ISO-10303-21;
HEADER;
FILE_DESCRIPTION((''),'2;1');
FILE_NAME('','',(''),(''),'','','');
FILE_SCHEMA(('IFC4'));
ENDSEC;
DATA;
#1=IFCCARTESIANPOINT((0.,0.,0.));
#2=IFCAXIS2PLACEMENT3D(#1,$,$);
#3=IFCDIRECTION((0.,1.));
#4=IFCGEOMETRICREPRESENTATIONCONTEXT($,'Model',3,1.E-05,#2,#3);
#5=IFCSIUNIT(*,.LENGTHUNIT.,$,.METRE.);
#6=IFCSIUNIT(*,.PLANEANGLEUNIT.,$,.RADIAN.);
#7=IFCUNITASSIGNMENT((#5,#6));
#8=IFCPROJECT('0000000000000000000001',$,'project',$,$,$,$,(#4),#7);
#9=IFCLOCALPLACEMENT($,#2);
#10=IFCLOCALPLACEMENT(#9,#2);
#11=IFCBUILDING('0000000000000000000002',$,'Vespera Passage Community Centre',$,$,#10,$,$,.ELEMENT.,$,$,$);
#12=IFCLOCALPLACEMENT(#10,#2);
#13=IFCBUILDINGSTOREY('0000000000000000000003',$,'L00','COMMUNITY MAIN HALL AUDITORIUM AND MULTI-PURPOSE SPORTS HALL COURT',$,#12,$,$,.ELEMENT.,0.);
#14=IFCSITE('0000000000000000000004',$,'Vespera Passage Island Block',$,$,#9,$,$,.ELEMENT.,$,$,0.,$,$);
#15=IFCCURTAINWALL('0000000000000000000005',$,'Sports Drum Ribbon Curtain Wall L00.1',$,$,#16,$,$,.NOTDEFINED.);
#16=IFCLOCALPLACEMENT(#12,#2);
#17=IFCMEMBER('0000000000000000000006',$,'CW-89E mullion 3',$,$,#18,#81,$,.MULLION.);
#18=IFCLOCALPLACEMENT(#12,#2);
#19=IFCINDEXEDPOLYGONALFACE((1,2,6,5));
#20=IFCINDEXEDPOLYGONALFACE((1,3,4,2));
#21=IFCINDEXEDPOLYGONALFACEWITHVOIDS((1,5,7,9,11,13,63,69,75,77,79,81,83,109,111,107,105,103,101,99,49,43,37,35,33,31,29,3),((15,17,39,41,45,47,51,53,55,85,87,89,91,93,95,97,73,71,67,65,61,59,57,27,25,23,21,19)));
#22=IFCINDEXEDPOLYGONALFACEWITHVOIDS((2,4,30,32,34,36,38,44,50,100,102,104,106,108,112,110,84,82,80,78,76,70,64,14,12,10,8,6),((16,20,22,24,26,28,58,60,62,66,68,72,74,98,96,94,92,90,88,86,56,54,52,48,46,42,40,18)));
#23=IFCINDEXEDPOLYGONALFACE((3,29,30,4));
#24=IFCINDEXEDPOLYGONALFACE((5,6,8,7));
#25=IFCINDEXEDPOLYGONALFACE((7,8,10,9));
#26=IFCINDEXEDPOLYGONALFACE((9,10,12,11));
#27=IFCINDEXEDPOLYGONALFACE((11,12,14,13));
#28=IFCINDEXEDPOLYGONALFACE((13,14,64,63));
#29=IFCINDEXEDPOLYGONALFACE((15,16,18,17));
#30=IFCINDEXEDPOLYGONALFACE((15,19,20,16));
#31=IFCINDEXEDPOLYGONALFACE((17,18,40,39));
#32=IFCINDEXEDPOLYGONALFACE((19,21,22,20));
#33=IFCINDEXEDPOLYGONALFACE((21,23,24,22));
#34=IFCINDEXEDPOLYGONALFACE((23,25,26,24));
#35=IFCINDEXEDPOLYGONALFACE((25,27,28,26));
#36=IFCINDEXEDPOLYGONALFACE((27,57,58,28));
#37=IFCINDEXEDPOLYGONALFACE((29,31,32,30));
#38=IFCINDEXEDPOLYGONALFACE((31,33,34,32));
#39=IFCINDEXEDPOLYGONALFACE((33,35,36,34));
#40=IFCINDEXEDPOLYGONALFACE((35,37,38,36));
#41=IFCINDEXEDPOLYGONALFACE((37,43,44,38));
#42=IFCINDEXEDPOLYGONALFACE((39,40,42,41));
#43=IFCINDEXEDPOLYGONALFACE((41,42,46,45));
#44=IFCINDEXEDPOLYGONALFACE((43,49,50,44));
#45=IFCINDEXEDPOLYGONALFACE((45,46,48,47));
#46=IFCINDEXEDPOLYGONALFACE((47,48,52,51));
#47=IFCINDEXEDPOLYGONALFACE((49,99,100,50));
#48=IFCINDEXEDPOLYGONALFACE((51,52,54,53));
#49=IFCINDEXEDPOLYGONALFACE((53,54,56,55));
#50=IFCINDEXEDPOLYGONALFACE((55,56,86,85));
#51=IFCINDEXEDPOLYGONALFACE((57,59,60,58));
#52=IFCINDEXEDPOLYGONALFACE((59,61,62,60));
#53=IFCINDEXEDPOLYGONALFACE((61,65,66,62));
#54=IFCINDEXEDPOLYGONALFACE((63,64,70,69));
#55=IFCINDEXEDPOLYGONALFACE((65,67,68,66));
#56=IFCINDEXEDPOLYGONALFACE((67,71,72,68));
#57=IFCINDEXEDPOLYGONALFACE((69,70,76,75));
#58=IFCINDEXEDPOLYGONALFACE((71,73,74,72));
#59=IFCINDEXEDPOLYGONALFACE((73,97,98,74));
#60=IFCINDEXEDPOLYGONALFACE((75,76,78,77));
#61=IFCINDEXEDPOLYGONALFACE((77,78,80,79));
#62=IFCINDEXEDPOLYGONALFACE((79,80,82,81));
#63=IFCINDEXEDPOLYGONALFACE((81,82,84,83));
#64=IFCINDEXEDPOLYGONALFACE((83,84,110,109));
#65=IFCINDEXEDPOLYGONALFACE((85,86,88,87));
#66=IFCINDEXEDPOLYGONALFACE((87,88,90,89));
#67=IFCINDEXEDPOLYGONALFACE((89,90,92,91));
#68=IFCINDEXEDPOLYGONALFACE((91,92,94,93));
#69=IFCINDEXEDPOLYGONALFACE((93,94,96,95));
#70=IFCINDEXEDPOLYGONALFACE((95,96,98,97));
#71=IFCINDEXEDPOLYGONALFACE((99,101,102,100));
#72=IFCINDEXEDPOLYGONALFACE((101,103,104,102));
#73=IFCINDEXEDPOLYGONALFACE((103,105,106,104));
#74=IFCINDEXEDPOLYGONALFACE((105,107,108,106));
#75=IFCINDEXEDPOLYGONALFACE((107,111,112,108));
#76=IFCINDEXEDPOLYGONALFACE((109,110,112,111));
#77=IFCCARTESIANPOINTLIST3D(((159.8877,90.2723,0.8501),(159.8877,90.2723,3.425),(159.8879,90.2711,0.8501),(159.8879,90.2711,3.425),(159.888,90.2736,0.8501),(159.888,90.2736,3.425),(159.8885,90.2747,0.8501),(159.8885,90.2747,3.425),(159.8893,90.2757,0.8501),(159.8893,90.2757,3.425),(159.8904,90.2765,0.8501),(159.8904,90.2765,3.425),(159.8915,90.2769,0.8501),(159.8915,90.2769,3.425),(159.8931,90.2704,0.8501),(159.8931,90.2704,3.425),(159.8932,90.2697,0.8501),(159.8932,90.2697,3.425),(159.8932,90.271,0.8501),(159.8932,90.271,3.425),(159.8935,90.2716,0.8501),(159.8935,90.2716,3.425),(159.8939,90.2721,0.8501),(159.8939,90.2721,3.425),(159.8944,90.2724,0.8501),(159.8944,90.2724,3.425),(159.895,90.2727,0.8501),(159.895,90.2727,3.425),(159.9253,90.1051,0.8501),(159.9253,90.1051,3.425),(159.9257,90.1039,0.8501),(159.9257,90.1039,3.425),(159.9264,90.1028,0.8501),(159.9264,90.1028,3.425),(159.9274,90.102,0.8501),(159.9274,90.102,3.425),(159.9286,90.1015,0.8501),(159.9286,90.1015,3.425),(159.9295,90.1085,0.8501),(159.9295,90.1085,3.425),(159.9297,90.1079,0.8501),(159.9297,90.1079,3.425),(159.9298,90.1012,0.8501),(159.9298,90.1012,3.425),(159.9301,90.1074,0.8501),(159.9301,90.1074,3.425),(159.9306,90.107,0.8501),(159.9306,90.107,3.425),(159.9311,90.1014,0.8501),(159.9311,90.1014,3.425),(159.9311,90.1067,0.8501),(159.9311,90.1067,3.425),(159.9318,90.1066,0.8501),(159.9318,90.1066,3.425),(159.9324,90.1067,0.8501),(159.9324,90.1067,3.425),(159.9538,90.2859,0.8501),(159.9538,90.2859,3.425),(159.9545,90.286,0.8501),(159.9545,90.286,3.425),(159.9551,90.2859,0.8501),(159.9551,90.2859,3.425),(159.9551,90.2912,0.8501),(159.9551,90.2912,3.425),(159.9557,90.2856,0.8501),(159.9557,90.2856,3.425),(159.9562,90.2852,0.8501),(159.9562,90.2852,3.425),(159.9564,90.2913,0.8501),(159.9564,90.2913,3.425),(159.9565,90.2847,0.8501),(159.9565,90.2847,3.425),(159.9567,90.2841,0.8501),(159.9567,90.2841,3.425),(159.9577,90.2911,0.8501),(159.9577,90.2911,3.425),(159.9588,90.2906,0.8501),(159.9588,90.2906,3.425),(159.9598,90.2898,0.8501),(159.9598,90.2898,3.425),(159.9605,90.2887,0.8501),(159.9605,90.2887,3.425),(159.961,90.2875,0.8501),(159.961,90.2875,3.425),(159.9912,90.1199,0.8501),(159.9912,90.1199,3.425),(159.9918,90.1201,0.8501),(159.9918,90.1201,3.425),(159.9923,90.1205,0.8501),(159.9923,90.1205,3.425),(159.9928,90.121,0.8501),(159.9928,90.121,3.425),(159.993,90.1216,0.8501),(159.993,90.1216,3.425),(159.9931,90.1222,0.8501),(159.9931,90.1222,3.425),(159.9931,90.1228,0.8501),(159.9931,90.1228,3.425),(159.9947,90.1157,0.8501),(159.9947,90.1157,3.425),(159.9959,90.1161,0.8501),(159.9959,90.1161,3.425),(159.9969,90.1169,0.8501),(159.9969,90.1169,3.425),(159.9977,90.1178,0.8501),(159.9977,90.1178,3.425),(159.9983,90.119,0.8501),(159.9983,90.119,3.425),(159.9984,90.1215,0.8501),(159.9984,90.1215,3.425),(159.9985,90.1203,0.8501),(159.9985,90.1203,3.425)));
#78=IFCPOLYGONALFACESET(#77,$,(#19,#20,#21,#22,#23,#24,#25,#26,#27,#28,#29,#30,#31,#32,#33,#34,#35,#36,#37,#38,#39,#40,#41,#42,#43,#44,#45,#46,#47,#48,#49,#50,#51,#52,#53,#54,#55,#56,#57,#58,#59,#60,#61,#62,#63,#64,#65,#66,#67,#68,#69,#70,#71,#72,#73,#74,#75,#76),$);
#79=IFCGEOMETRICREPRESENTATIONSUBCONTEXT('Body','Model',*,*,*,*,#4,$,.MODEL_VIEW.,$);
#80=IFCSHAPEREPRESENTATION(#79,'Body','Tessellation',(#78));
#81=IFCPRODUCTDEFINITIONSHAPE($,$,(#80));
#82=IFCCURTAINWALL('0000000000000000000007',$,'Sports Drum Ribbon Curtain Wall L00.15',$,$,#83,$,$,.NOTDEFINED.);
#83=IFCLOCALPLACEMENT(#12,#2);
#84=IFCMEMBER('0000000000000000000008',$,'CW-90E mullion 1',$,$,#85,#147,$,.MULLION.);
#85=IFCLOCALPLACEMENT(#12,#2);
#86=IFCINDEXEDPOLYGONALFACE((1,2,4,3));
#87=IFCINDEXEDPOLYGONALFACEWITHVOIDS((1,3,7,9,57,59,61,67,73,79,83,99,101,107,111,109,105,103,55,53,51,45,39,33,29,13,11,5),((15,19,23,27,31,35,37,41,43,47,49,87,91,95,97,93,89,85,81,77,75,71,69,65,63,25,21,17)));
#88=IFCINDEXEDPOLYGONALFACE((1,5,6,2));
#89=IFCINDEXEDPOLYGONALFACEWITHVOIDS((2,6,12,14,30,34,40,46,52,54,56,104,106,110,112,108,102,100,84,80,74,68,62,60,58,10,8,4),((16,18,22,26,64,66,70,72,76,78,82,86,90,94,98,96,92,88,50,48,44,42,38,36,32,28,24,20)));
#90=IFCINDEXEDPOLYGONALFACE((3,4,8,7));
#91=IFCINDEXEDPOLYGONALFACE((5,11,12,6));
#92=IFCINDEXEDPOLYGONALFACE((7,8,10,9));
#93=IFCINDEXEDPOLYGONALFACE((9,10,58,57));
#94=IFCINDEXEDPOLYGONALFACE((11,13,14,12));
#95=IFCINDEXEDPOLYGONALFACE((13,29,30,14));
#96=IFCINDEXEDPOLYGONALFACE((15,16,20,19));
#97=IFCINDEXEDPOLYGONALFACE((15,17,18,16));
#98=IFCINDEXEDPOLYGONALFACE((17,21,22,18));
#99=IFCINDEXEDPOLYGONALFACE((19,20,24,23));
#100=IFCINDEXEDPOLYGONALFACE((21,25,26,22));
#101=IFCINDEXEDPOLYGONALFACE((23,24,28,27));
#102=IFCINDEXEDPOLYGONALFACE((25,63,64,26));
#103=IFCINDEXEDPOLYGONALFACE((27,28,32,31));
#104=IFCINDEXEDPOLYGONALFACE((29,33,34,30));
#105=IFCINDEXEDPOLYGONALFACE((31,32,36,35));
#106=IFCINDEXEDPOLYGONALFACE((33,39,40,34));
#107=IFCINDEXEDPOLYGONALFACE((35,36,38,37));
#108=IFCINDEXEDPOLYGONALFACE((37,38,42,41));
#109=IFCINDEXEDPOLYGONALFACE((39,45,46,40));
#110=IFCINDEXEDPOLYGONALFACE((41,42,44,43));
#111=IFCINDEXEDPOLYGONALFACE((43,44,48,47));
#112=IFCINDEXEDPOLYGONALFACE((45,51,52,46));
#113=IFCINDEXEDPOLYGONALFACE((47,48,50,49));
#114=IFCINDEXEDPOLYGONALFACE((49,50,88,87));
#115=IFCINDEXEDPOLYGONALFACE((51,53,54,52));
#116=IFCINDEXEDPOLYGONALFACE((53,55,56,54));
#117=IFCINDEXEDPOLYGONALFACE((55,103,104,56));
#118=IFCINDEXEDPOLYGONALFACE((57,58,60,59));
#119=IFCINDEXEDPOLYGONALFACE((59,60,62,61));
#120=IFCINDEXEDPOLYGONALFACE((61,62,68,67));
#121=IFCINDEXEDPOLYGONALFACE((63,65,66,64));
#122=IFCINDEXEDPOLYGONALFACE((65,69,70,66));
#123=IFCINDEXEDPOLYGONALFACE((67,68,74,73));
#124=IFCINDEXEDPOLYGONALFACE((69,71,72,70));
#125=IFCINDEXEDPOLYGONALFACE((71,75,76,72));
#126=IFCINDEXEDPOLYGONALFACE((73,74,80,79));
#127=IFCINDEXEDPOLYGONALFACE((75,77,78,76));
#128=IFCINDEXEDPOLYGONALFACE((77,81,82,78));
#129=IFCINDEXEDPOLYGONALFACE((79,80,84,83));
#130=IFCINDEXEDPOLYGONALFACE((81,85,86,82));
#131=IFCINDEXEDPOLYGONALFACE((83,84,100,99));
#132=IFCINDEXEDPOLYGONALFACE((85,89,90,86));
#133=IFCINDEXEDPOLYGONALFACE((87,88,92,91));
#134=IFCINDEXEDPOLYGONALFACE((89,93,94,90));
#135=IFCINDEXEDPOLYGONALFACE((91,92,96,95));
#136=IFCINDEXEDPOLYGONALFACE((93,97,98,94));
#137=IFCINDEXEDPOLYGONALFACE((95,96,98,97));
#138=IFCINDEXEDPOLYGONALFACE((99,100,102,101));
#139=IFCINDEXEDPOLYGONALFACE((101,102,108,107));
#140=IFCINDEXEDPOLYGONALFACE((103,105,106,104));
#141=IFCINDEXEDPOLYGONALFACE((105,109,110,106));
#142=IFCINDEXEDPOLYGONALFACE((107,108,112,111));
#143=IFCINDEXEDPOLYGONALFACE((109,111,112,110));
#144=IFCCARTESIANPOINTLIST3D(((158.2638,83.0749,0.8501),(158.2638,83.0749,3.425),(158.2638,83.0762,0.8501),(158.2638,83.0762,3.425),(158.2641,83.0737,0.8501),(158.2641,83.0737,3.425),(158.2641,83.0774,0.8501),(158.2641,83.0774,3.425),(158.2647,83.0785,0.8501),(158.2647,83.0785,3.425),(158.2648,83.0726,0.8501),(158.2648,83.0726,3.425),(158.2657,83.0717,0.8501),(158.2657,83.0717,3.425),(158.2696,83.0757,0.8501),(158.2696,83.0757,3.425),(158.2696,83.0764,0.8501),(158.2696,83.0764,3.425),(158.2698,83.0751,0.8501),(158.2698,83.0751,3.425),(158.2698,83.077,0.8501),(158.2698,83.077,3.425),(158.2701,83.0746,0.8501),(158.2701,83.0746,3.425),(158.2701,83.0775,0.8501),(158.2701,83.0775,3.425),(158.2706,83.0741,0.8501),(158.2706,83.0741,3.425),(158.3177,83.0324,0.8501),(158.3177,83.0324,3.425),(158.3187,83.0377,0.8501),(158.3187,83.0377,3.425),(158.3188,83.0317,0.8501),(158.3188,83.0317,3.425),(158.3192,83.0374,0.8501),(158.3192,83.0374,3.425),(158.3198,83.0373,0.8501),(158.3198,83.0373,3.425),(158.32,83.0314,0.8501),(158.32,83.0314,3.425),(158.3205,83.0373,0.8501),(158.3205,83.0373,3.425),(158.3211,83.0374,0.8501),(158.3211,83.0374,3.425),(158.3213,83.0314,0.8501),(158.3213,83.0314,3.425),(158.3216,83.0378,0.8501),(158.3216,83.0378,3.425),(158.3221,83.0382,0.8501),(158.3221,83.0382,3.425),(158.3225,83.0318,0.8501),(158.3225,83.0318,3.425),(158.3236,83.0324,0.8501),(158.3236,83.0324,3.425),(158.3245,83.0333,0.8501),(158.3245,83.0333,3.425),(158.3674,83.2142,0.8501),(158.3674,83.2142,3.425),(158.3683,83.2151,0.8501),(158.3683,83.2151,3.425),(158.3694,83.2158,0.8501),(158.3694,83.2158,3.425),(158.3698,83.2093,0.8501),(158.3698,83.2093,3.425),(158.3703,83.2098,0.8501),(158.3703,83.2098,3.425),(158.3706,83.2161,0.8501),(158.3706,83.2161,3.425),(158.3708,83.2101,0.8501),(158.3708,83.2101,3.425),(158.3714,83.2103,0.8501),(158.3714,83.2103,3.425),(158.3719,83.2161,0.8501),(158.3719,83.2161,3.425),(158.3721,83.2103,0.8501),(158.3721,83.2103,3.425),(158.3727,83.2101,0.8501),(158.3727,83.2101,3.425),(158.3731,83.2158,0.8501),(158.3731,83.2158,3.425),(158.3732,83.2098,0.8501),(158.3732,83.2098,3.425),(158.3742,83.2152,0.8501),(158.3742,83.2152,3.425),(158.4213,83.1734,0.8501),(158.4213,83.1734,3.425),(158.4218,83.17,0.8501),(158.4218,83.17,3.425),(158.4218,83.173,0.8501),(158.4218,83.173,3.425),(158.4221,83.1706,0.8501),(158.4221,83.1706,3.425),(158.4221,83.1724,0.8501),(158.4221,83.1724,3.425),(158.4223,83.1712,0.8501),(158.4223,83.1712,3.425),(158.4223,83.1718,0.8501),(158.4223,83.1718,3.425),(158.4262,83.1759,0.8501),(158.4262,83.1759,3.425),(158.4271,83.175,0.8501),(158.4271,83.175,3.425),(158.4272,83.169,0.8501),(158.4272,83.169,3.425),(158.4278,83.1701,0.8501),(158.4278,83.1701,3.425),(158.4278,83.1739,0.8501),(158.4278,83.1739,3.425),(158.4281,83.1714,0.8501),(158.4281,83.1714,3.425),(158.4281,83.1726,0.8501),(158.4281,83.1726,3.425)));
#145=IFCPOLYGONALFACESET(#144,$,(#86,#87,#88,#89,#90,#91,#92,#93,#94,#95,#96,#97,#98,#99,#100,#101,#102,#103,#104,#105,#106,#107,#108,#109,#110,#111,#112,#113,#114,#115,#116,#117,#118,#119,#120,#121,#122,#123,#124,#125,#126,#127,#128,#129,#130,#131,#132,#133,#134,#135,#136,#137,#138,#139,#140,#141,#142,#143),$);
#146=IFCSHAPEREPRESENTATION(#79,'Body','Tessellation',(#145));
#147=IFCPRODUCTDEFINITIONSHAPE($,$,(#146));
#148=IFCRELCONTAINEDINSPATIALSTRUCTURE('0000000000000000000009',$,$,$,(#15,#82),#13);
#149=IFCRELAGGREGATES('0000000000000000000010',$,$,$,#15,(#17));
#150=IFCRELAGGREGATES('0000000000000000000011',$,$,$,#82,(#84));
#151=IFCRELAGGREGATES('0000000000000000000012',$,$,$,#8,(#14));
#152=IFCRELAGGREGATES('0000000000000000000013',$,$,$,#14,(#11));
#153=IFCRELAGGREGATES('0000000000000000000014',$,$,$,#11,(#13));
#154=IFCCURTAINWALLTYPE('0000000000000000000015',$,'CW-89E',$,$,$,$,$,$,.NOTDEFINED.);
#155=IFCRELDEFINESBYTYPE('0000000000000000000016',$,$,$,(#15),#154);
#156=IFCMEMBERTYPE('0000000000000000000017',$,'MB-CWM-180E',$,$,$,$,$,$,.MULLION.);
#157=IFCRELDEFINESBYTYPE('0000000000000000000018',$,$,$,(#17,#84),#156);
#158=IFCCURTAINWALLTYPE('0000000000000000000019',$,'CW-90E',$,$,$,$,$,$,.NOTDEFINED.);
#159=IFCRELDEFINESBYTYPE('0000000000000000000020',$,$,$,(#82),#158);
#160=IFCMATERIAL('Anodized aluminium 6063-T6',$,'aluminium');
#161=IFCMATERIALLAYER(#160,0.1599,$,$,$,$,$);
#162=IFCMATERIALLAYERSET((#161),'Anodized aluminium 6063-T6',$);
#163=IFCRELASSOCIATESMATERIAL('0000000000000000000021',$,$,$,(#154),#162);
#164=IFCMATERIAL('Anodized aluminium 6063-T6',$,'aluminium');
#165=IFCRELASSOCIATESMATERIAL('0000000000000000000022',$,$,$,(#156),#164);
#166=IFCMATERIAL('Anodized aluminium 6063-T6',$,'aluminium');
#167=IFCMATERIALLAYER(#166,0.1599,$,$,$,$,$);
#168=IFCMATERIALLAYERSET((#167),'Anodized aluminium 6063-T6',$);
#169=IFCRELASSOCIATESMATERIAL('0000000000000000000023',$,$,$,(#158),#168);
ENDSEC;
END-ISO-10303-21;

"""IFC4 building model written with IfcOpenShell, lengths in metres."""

from ifc_helpers import new_model, si_unit, direction, frame, origin, origin_2d, place, context, subcontext, project, spatial, hollow_rectangle, extrude, material, layer, layer_set, material_profile, profile_set, type_object, element, aggregate, save


model = new_model("IFC4")

# Units and contexts
model_context = context("Model", 3, precision=1e-05, world=origin(), true_north=direction((0.0, 1.0)))
body_context = subcontext(model_context, "Body", "Model", "MODEL_VIEW")
ifc_project = project(units=[si_unit("LENGTHUNIT", "METRE"), si_unit("PLANEANGLEUNIT", "RADIAN")], contexts=[model_context])

# Site, building, storey
site_placement = place(None, origin())
site = spatial("IfcSite", under=ifc_project, at=site_placement, Name="Vespera Passage Island Block", CompositionType="ELEMENT", RefElevation=0.0)
building_placement = place(site_placement, origin())
building = spatial("IfcBuilding", under=site, at=building_placement, Name="Vespera Passage Community Centre", CompositionType="ELEMENT")
storey_placement = place(building_placement, origin())
storey = spatial("IfcBuildingStorey", under=building, at=storey_placement, Name="L00", Description="COMMUNITY MAIN HALL AUDITORIUM AND MULTI-PURPOSE SPORTS HALL COURT", CompositionType="ELEMENT", Elevation=0.0)

# Curtain wall, member
ifc_material_1 = material(Name="Anodized aluminium 6063-T6", Category="aluminium")
ifc_layer_1 = layer(ifc_material_1, 0.1599)
ifc_layer_set_1 = layer_set([ifc_layer_1], Name="Anodized aluminium 6063-T6")
curtain_wall_type_1 = type_object("IfcCurtainWallType", Name="CW-89E", PredefinedType="NOTDEFINED", material=ifc_layer_set_1)
curtain_wall_1_placement = place(storey_placement, origin())
curtain_wall_1 = element("IfcCurtainWall", 1, at=curtain_wall_1_placement, inside=storey, type_object=curtain_wall_type_1, Name="Sports Drum Ribbon Curtain Wall L00.1", PredefinedType="NOTDEFINED")
ifc_material_2 = material(Name="Anodized aluminium 6063-T6", Category="aluminium")
ifc_material_profile_1 = material_profile(ifc_material_2, hollow_rectangle(XDim=0.075, YDim=0.1799, WallThickness=0.0049, InnerFilletRadius=0.0024, OuterFilletRadius=0.0049, at=origin_2d()), Name="ALU180X75X5")
ifc_profile_set_1 = profile_set([ifc_material_profile_1], Name="Anodized aluminium 6063-T6")
member_type_1 = type_object("IfcMemberType", Name="MB-CWM-180E", PredefinedType="MULLION", material=ifc_profile_set_1)
member_1_placement = place(storey_placement, frame((159.9431, 90.1963, 0.8501), z_axis=(0.0, 0.0, 1.0), x_axis=(0.975553, 0.219763, 0.0)))
member_1 = element("IfcMember", 2, at=member_1_placement, type_object=member_type_1, Name="CW-89E mullion 3", PredefinedType="MULLION", context=body_context, shape_type="SweptSolid", body=[
    extrude(hollow_rectangle(XDim=0.075, YDim=0.1799, WallThickness=0.0049, InnerFilletRadius=0.0024, OuterFilletRadius=0.0049, at=origin_2d()), origin(), (0.0, 0.0, 1.0), 2.575),
])

# Curtain wall, member
ifc_material_3 = material(Name="Anodized aluminium 6063-T6", Category="aluminium")
ifc_layer_2 = layer(ifc_material_3, 0.1599)
ifc_layer_set_2 = layer_set([ifc_layer_2], Name="Anodized aluminium 6063-T6")
curtain_wall_type_2 = type_object("IfcCurtainWallType", Name="CW-90E", PredefinedType="NOTDEFINED", material=ifc_layer_set_2)
curtain_wall_2_placement = place(storey_placement, origin())
curtain_wall_2 = element("IfcCurtainWall", 3, at=curtain_wall_2_placement, inside=storey, type_object=curtain_wall_type_2, Name="Sports Drum Ribbon Curtain Wall L00.15", PredefinedType="NOTDEFINED")
member_2_placement = place(storey_placement, frame((158.3459, 83.1238, 0.8501), z_axis=(0.0, 0.0, 1.0), x_axis=(0.797434, -0.603406, 0.0)))
member_2 = element("IfcMember", 4, at=member_2_placement, type_object=member_type_1, Name="CW-90E mullion 1", PredefinedType="MULLION", context=body_context, shape_type="SweptSolid", body=[
    extrude(hollow_rectangle(XDim=0.075, YDim=0.1799, WallThickness=0.0049, InnerFilletRadius=0.0024, OuterFilletRadius=0.0049, at=origin_2d()), origin(), (0.0, 0.0, 1.0), 2.575),
])

aggregate(curtain_wall_1, [member_1])
aggregate(curtain_wall_2, [member_2])

save(model, "model.ifc")
